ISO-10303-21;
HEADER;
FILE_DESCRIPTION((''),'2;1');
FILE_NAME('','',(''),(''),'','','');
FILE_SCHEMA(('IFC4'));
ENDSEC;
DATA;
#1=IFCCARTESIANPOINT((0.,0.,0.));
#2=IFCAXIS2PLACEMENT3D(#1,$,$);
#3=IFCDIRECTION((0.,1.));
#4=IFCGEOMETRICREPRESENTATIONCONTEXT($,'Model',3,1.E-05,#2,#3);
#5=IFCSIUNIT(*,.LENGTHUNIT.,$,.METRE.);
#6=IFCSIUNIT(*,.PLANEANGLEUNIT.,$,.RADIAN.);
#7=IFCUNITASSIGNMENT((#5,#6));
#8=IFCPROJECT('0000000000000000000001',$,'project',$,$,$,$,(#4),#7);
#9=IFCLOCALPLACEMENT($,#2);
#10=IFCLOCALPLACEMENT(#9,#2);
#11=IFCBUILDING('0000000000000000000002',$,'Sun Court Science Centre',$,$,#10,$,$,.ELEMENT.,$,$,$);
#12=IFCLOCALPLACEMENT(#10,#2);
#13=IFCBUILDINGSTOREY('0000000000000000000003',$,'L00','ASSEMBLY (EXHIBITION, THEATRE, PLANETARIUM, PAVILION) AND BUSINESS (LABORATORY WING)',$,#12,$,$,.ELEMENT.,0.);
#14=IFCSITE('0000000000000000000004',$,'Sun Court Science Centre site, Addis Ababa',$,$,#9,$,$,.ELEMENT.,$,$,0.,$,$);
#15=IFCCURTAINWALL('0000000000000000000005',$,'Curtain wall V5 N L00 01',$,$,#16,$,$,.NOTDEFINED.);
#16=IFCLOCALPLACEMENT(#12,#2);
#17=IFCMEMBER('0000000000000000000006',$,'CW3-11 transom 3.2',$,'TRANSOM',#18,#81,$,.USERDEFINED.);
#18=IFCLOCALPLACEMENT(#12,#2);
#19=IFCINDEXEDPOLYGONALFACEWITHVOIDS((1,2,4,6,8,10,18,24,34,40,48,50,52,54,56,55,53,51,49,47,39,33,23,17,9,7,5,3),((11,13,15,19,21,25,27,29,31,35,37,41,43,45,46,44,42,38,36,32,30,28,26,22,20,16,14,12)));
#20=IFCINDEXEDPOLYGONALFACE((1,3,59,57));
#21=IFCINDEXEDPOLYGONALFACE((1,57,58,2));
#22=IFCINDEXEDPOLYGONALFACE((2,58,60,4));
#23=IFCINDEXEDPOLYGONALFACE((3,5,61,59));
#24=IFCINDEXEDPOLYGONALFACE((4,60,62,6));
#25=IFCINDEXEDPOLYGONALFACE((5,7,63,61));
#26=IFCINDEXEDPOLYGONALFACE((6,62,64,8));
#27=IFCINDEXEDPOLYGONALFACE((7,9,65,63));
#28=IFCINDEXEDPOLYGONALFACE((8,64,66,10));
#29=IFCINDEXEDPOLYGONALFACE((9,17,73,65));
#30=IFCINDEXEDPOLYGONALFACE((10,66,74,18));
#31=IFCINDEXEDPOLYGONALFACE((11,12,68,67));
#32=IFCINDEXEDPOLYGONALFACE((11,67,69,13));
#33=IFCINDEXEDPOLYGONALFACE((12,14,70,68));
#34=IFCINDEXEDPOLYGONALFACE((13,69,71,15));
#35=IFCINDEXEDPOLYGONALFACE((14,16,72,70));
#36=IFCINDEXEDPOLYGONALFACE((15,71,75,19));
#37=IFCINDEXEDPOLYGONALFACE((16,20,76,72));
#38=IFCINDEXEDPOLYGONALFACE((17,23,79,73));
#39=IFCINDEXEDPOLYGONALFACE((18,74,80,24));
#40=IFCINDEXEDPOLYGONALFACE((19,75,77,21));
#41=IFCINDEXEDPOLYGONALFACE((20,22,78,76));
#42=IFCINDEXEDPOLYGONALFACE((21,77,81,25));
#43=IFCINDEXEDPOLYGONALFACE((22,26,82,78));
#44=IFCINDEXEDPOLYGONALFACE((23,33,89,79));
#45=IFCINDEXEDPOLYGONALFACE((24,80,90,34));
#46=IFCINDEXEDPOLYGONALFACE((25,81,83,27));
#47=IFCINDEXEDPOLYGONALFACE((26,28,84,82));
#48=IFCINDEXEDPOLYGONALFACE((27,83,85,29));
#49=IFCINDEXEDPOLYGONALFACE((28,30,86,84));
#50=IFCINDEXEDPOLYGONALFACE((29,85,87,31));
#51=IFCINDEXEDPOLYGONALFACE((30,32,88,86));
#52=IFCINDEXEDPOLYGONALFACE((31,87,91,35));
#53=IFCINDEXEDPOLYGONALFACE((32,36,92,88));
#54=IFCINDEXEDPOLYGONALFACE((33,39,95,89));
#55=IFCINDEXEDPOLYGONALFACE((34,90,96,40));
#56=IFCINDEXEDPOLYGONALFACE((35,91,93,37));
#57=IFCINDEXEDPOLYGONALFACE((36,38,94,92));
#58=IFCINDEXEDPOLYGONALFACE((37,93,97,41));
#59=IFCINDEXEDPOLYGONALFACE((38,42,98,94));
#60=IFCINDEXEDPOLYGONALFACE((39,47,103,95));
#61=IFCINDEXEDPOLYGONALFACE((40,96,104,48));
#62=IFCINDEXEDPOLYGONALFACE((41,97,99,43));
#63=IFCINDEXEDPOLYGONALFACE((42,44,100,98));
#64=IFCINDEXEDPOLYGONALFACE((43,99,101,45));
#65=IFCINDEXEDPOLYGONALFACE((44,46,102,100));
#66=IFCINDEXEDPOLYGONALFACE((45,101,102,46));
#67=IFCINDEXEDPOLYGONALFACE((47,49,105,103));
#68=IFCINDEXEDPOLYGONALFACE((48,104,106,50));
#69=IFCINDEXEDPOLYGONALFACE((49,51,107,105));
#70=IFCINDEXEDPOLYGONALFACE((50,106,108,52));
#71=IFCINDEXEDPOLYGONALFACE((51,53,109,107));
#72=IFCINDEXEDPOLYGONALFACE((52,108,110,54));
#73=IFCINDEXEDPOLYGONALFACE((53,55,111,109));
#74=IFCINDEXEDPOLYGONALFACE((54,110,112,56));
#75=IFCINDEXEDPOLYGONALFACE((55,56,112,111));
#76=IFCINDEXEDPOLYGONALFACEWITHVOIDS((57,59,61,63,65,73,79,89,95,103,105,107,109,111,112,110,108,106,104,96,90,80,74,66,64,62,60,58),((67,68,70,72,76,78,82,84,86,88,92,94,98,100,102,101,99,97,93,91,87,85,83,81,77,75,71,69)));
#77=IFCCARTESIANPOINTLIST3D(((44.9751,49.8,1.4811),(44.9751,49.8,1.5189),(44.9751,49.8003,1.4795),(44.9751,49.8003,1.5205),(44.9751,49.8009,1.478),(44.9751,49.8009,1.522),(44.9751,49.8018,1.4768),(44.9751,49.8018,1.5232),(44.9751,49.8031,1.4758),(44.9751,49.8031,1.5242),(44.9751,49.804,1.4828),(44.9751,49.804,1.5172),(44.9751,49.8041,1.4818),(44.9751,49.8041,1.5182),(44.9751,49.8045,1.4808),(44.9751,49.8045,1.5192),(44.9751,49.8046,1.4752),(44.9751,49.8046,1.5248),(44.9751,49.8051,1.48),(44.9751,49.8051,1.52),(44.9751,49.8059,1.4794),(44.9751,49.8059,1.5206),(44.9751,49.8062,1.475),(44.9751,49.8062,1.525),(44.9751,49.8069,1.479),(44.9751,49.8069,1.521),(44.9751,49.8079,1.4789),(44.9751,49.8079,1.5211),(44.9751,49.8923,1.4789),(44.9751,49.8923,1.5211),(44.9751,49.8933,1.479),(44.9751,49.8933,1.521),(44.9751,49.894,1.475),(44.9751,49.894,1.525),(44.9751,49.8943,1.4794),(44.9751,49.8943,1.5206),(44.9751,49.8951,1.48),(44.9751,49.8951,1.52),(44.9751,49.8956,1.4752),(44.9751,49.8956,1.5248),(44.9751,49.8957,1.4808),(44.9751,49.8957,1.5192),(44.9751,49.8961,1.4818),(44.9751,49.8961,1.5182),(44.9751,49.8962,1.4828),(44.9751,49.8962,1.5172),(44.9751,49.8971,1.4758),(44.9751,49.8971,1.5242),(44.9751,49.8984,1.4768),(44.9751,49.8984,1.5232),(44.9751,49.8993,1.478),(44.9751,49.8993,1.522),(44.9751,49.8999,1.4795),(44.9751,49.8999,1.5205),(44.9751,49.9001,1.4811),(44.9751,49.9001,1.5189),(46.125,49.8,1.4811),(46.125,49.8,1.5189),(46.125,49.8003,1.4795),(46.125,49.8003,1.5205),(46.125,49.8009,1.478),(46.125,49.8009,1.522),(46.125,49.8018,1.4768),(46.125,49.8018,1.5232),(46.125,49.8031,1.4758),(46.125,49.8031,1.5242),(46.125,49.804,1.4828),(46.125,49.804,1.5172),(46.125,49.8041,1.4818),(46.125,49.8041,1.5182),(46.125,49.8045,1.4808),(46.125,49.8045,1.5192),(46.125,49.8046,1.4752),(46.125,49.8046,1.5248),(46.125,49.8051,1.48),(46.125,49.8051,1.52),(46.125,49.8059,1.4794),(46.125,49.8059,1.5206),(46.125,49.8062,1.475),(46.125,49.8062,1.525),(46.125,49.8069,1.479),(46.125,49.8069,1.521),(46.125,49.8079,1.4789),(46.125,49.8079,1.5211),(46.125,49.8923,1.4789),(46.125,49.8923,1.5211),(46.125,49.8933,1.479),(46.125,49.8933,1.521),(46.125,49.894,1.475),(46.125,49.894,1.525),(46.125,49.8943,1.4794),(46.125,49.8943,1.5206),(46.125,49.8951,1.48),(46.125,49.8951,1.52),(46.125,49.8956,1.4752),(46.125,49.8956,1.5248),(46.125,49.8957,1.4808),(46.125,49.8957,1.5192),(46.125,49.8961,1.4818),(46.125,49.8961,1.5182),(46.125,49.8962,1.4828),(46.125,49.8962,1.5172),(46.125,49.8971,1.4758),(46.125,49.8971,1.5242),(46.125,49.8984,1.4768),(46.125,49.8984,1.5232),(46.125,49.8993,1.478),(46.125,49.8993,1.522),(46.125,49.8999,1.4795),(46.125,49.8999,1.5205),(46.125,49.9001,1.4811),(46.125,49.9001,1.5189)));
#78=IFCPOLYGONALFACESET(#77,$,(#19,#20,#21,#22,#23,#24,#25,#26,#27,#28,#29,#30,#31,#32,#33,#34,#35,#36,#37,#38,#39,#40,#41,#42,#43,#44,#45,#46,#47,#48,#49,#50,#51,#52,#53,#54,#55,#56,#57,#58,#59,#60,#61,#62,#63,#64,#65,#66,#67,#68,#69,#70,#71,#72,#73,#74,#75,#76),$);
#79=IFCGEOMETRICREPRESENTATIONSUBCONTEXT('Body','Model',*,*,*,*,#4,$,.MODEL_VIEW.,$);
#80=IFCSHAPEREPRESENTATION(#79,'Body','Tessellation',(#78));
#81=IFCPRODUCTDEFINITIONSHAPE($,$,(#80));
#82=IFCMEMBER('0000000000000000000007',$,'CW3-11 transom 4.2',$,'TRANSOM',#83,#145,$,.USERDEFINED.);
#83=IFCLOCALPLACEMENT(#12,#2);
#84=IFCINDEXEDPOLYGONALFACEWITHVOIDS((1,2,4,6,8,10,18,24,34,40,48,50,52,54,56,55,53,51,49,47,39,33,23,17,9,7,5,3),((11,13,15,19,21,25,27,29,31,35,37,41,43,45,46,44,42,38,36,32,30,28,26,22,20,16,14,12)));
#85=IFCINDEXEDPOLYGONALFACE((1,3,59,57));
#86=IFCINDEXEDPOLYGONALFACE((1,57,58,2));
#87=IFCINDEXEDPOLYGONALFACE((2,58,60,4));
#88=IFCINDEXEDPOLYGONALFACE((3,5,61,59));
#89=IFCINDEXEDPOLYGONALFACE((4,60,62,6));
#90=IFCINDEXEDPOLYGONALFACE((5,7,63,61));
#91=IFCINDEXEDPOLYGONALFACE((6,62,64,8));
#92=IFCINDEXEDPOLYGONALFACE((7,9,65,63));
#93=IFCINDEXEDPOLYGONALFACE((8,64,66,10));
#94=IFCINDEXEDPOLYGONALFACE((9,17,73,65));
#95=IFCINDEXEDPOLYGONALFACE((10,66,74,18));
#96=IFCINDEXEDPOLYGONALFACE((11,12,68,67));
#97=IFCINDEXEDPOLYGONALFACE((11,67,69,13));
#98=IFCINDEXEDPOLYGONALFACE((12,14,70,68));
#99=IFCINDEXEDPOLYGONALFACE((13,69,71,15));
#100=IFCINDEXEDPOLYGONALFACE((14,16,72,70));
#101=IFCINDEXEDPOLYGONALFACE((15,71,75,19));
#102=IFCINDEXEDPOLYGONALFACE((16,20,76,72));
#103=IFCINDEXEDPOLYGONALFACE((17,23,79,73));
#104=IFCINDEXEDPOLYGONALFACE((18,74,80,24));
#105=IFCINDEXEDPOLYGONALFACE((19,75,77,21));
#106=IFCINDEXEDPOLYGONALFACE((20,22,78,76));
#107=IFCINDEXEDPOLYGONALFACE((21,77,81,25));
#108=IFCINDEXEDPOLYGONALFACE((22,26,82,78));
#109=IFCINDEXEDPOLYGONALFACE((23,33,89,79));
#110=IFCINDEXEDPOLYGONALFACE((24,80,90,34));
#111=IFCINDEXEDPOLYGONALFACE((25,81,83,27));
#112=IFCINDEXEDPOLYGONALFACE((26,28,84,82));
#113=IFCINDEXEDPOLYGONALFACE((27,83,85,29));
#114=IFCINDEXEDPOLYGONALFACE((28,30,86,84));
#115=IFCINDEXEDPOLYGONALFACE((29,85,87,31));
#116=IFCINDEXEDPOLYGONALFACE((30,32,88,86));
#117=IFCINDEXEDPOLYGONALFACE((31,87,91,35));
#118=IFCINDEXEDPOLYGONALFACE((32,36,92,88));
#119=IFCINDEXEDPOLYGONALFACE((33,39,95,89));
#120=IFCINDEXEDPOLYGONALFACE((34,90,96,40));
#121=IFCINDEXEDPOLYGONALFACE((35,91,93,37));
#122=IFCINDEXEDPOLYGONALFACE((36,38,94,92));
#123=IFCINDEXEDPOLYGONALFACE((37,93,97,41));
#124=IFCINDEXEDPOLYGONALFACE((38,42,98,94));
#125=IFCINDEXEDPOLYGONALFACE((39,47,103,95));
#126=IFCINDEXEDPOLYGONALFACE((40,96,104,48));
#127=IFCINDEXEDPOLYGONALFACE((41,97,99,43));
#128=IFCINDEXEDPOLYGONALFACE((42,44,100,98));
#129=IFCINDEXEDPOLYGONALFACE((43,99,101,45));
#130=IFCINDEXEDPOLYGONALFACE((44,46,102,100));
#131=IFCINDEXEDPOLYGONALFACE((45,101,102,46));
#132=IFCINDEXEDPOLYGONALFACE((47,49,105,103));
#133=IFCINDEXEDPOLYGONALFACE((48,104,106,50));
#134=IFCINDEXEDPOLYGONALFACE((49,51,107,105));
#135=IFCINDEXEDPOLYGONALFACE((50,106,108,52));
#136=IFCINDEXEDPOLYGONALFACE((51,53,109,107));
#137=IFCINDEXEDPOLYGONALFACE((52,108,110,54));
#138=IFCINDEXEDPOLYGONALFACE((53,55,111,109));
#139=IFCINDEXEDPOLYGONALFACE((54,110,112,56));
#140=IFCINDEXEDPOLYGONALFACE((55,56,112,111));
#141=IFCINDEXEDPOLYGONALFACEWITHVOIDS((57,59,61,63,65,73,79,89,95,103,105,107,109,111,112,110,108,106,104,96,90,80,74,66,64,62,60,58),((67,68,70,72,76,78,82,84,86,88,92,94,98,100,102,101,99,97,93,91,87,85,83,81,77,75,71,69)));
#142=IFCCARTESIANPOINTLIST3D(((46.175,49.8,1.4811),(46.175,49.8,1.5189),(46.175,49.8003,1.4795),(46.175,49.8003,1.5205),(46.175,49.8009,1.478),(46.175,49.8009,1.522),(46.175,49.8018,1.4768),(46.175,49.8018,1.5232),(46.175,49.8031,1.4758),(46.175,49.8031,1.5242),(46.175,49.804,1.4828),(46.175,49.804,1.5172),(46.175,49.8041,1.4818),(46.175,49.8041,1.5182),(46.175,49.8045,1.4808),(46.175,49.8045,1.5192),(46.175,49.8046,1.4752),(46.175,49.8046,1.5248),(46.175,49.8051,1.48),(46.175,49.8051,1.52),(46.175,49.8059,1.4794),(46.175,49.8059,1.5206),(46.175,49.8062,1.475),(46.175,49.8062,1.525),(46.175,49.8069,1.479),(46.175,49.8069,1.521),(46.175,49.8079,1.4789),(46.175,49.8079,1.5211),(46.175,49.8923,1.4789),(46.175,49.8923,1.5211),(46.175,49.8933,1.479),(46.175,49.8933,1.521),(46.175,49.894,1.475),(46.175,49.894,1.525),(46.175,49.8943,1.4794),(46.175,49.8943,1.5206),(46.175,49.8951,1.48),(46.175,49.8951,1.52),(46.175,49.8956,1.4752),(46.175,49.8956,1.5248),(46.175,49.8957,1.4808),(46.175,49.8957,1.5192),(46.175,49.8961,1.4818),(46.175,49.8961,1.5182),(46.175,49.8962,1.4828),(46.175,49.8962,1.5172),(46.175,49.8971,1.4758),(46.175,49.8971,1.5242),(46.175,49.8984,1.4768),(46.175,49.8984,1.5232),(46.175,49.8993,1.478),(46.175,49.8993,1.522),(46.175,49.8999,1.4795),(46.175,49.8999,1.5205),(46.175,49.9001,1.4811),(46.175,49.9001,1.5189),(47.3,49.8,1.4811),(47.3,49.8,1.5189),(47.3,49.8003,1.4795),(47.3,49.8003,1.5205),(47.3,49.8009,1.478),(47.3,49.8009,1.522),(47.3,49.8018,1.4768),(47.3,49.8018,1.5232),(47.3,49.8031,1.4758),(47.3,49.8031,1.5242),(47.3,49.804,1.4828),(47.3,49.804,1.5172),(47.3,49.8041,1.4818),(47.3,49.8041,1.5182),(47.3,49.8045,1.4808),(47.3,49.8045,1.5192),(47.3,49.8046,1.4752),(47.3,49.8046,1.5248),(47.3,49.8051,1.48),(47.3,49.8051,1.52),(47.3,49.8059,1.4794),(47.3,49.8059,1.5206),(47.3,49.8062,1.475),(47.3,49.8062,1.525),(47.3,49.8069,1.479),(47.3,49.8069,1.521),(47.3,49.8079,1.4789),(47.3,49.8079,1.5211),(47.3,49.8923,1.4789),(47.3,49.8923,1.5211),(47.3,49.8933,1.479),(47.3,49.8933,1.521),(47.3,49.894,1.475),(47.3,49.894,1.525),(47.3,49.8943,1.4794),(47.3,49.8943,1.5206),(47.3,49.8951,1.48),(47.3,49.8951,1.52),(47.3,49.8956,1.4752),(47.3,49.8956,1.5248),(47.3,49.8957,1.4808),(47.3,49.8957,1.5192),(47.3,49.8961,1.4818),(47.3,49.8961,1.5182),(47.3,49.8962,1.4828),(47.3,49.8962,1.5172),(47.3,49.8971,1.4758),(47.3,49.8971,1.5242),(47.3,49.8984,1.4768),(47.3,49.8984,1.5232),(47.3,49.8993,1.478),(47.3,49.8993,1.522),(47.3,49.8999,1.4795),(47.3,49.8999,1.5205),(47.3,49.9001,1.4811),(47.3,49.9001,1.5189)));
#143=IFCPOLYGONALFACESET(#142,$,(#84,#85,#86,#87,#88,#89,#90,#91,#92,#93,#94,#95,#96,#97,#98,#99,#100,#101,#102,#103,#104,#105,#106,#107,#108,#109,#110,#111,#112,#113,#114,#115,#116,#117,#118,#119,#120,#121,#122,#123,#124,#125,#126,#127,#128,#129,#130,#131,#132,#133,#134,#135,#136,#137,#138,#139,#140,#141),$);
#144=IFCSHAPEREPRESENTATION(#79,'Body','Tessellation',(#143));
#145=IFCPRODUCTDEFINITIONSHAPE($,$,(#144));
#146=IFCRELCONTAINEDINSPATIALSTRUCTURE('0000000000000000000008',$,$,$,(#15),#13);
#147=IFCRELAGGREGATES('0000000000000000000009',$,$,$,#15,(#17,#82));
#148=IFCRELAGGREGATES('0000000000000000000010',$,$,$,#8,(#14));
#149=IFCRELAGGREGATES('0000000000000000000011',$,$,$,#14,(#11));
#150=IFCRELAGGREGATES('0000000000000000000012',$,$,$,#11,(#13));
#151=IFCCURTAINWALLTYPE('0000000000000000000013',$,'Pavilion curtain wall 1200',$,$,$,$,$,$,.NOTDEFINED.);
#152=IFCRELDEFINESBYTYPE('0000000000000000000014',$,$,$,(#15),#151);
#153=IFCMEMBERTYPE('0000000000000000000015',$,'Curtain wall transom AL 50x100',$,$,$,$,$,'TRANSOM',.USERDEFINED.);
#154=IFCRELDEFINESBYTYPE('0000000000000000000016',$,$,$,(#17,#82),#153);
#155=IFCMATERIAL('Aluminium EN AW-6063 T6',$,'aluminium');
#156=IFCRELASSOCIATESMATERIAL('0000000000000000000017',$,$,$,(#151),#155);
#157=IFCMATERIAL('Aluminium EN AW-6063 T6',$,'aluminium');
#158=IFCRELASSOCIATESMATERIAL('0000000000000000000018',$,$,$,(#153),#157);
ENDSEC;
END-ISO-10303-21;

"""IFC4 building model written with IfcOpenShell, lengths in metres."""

from ifc_helpers import new_model, si_unit, direction, frame, origin, origin_2d, place, context, subcontext, project, spatial, hollow_rectangle, extrude, material, material_profile, profile_set, type_object, element, aggregate, save


model = new_model("IFC4")

# Units and contexts
model_context = context("Model", 3, precision=1e-05, world=origin(), true_north=direction((0.0, 1.0)))
body_context = subcontext(model_context, "Body", "Model", "MODEL_VIEW")
ifc_project = project(units=[si_unit("LENGTHUNIT", "METRE"), si_unit("PLANEANGLEUNIT", "RADIAN")], contexts=[model_context])

# Site, building, storey
site_placement = place(None, origin())
site = spatial("IfcSite", under=ifc_project, at=site_placement, Name="Sun Court Science Centre site, Addis Ababa", CompositionType="ELEMENT", RefElevation=0.0)
building_placement = place(site_placement, origin())
building = spatial("IfcBuilding", under=site, at=building_placement, Name="Sun Court Science Centre", CompositionType="ELEMENT")
storey_placement = place(building_placement, origin())
storey = spatial("IfcBuildingStorey", under=building, at=storey_placement, Name="L00", Description="ASSEMBLY (EXHIBITION, THEATRE, PLANETARIUM, PAVILION) AND BUSINESS (LABORATORY WING)", CompositionType="ELEMENT", Elevation=0.0)

# Curtain wall
ifc_material_1 = material(Name="Aluminium EN AW-6063 T6", Category="aluminium")
curtain_wall_type = type_object("IfcCurtainWallType", Name="Pavilion curtain wall 1200", PredefinedType="NOTDEFINED", material=ifc_material_1)
curtain_wall_1_placement = place(storey_placement, origin())
curtain_wall_1 = element("IfcCurtainWall", 1, at=curtain_wall_1_placement, inside=storey, type_object=curtain_wall_type, Name="Curtain wall V5 N L00 01", PredefinedType="NOTDEFINED")

# Members
ifc_material_2 = material(Name="Aluminium EN AW-6063 T6", Category="aluminium")
ifc_material_profile_1 = material_profile(ifc_material_2, hollow_rectangle(XDim=0.05, YDim=0.1001, WallThickness=0.0039, InnerFilletRadius=0.0039, OuterFilletRadius=0.0061, at=origin_2d()), Name="AL 50x100x4")
ifc_profile_set_1 = profile_set([ifc_material_profile_1], Name="Aluminium EN AW-6063 T6")
member_type_1 = type_object("IfcMemberType", Name="Curtain wall transom AL 50x100", ElementType="TRANSOM", PredefinedType="USERDEFINED", material=ifc_profile_set_1)
member_1_placement = place(storey_placement, frame((44.9751, 49.8501, 1.5), z_axis=(1.0, 0.0, 0.0), x_axis=(0.0, 0.0, 1.0)))
member_1 = element("IfcMember", 2, at=member_1_placement, type_object=member_type_1, Name="CW3-11 transom 3.2", ObjectType="TRANSOM", PredefinedType="USERDEFINED", context=body_context, shape_type="SweptSolid", body=[
    extrude(hollow_rectangle(XDim=0.05, YDim=0.1001, WallThickness=0.0039, InnerFilletRadius=0.0039, OuterFilletRadius=0.0061, at=origin_2d()), origin(), (0.0, 0.0, 1.0), 1.1499),
])
member_2_placement = place(storey_placement, frame((46.175, 49.8501, 1.5), z_axis=(1.0, 0.0, 0.0), x_axis=(0.0, 0.0, 1.0)))
member_2 = element("IfcMember", 3, at=member_2_placement, type_object=member_type_1, Name="CW3-11 transom 4.2", ObjectType="TRANSOM", PredefinedType="USERDEFINED", context=body_context, shape_type="SweptSolid", body=[
    extrude(hollow_rectangle(XDim=0.05, YDim=0.1001, WallThickness=0.0039, InnerFilletRadius=0.0039, OuterFilletRadius=0.0061, at=origin_2d()), origin(), (0.0, 0.0, 1.0), 1.125),
])

aggregate(curtain_wall_1, [member_1, member_2])

save(model, "model.ifc")
